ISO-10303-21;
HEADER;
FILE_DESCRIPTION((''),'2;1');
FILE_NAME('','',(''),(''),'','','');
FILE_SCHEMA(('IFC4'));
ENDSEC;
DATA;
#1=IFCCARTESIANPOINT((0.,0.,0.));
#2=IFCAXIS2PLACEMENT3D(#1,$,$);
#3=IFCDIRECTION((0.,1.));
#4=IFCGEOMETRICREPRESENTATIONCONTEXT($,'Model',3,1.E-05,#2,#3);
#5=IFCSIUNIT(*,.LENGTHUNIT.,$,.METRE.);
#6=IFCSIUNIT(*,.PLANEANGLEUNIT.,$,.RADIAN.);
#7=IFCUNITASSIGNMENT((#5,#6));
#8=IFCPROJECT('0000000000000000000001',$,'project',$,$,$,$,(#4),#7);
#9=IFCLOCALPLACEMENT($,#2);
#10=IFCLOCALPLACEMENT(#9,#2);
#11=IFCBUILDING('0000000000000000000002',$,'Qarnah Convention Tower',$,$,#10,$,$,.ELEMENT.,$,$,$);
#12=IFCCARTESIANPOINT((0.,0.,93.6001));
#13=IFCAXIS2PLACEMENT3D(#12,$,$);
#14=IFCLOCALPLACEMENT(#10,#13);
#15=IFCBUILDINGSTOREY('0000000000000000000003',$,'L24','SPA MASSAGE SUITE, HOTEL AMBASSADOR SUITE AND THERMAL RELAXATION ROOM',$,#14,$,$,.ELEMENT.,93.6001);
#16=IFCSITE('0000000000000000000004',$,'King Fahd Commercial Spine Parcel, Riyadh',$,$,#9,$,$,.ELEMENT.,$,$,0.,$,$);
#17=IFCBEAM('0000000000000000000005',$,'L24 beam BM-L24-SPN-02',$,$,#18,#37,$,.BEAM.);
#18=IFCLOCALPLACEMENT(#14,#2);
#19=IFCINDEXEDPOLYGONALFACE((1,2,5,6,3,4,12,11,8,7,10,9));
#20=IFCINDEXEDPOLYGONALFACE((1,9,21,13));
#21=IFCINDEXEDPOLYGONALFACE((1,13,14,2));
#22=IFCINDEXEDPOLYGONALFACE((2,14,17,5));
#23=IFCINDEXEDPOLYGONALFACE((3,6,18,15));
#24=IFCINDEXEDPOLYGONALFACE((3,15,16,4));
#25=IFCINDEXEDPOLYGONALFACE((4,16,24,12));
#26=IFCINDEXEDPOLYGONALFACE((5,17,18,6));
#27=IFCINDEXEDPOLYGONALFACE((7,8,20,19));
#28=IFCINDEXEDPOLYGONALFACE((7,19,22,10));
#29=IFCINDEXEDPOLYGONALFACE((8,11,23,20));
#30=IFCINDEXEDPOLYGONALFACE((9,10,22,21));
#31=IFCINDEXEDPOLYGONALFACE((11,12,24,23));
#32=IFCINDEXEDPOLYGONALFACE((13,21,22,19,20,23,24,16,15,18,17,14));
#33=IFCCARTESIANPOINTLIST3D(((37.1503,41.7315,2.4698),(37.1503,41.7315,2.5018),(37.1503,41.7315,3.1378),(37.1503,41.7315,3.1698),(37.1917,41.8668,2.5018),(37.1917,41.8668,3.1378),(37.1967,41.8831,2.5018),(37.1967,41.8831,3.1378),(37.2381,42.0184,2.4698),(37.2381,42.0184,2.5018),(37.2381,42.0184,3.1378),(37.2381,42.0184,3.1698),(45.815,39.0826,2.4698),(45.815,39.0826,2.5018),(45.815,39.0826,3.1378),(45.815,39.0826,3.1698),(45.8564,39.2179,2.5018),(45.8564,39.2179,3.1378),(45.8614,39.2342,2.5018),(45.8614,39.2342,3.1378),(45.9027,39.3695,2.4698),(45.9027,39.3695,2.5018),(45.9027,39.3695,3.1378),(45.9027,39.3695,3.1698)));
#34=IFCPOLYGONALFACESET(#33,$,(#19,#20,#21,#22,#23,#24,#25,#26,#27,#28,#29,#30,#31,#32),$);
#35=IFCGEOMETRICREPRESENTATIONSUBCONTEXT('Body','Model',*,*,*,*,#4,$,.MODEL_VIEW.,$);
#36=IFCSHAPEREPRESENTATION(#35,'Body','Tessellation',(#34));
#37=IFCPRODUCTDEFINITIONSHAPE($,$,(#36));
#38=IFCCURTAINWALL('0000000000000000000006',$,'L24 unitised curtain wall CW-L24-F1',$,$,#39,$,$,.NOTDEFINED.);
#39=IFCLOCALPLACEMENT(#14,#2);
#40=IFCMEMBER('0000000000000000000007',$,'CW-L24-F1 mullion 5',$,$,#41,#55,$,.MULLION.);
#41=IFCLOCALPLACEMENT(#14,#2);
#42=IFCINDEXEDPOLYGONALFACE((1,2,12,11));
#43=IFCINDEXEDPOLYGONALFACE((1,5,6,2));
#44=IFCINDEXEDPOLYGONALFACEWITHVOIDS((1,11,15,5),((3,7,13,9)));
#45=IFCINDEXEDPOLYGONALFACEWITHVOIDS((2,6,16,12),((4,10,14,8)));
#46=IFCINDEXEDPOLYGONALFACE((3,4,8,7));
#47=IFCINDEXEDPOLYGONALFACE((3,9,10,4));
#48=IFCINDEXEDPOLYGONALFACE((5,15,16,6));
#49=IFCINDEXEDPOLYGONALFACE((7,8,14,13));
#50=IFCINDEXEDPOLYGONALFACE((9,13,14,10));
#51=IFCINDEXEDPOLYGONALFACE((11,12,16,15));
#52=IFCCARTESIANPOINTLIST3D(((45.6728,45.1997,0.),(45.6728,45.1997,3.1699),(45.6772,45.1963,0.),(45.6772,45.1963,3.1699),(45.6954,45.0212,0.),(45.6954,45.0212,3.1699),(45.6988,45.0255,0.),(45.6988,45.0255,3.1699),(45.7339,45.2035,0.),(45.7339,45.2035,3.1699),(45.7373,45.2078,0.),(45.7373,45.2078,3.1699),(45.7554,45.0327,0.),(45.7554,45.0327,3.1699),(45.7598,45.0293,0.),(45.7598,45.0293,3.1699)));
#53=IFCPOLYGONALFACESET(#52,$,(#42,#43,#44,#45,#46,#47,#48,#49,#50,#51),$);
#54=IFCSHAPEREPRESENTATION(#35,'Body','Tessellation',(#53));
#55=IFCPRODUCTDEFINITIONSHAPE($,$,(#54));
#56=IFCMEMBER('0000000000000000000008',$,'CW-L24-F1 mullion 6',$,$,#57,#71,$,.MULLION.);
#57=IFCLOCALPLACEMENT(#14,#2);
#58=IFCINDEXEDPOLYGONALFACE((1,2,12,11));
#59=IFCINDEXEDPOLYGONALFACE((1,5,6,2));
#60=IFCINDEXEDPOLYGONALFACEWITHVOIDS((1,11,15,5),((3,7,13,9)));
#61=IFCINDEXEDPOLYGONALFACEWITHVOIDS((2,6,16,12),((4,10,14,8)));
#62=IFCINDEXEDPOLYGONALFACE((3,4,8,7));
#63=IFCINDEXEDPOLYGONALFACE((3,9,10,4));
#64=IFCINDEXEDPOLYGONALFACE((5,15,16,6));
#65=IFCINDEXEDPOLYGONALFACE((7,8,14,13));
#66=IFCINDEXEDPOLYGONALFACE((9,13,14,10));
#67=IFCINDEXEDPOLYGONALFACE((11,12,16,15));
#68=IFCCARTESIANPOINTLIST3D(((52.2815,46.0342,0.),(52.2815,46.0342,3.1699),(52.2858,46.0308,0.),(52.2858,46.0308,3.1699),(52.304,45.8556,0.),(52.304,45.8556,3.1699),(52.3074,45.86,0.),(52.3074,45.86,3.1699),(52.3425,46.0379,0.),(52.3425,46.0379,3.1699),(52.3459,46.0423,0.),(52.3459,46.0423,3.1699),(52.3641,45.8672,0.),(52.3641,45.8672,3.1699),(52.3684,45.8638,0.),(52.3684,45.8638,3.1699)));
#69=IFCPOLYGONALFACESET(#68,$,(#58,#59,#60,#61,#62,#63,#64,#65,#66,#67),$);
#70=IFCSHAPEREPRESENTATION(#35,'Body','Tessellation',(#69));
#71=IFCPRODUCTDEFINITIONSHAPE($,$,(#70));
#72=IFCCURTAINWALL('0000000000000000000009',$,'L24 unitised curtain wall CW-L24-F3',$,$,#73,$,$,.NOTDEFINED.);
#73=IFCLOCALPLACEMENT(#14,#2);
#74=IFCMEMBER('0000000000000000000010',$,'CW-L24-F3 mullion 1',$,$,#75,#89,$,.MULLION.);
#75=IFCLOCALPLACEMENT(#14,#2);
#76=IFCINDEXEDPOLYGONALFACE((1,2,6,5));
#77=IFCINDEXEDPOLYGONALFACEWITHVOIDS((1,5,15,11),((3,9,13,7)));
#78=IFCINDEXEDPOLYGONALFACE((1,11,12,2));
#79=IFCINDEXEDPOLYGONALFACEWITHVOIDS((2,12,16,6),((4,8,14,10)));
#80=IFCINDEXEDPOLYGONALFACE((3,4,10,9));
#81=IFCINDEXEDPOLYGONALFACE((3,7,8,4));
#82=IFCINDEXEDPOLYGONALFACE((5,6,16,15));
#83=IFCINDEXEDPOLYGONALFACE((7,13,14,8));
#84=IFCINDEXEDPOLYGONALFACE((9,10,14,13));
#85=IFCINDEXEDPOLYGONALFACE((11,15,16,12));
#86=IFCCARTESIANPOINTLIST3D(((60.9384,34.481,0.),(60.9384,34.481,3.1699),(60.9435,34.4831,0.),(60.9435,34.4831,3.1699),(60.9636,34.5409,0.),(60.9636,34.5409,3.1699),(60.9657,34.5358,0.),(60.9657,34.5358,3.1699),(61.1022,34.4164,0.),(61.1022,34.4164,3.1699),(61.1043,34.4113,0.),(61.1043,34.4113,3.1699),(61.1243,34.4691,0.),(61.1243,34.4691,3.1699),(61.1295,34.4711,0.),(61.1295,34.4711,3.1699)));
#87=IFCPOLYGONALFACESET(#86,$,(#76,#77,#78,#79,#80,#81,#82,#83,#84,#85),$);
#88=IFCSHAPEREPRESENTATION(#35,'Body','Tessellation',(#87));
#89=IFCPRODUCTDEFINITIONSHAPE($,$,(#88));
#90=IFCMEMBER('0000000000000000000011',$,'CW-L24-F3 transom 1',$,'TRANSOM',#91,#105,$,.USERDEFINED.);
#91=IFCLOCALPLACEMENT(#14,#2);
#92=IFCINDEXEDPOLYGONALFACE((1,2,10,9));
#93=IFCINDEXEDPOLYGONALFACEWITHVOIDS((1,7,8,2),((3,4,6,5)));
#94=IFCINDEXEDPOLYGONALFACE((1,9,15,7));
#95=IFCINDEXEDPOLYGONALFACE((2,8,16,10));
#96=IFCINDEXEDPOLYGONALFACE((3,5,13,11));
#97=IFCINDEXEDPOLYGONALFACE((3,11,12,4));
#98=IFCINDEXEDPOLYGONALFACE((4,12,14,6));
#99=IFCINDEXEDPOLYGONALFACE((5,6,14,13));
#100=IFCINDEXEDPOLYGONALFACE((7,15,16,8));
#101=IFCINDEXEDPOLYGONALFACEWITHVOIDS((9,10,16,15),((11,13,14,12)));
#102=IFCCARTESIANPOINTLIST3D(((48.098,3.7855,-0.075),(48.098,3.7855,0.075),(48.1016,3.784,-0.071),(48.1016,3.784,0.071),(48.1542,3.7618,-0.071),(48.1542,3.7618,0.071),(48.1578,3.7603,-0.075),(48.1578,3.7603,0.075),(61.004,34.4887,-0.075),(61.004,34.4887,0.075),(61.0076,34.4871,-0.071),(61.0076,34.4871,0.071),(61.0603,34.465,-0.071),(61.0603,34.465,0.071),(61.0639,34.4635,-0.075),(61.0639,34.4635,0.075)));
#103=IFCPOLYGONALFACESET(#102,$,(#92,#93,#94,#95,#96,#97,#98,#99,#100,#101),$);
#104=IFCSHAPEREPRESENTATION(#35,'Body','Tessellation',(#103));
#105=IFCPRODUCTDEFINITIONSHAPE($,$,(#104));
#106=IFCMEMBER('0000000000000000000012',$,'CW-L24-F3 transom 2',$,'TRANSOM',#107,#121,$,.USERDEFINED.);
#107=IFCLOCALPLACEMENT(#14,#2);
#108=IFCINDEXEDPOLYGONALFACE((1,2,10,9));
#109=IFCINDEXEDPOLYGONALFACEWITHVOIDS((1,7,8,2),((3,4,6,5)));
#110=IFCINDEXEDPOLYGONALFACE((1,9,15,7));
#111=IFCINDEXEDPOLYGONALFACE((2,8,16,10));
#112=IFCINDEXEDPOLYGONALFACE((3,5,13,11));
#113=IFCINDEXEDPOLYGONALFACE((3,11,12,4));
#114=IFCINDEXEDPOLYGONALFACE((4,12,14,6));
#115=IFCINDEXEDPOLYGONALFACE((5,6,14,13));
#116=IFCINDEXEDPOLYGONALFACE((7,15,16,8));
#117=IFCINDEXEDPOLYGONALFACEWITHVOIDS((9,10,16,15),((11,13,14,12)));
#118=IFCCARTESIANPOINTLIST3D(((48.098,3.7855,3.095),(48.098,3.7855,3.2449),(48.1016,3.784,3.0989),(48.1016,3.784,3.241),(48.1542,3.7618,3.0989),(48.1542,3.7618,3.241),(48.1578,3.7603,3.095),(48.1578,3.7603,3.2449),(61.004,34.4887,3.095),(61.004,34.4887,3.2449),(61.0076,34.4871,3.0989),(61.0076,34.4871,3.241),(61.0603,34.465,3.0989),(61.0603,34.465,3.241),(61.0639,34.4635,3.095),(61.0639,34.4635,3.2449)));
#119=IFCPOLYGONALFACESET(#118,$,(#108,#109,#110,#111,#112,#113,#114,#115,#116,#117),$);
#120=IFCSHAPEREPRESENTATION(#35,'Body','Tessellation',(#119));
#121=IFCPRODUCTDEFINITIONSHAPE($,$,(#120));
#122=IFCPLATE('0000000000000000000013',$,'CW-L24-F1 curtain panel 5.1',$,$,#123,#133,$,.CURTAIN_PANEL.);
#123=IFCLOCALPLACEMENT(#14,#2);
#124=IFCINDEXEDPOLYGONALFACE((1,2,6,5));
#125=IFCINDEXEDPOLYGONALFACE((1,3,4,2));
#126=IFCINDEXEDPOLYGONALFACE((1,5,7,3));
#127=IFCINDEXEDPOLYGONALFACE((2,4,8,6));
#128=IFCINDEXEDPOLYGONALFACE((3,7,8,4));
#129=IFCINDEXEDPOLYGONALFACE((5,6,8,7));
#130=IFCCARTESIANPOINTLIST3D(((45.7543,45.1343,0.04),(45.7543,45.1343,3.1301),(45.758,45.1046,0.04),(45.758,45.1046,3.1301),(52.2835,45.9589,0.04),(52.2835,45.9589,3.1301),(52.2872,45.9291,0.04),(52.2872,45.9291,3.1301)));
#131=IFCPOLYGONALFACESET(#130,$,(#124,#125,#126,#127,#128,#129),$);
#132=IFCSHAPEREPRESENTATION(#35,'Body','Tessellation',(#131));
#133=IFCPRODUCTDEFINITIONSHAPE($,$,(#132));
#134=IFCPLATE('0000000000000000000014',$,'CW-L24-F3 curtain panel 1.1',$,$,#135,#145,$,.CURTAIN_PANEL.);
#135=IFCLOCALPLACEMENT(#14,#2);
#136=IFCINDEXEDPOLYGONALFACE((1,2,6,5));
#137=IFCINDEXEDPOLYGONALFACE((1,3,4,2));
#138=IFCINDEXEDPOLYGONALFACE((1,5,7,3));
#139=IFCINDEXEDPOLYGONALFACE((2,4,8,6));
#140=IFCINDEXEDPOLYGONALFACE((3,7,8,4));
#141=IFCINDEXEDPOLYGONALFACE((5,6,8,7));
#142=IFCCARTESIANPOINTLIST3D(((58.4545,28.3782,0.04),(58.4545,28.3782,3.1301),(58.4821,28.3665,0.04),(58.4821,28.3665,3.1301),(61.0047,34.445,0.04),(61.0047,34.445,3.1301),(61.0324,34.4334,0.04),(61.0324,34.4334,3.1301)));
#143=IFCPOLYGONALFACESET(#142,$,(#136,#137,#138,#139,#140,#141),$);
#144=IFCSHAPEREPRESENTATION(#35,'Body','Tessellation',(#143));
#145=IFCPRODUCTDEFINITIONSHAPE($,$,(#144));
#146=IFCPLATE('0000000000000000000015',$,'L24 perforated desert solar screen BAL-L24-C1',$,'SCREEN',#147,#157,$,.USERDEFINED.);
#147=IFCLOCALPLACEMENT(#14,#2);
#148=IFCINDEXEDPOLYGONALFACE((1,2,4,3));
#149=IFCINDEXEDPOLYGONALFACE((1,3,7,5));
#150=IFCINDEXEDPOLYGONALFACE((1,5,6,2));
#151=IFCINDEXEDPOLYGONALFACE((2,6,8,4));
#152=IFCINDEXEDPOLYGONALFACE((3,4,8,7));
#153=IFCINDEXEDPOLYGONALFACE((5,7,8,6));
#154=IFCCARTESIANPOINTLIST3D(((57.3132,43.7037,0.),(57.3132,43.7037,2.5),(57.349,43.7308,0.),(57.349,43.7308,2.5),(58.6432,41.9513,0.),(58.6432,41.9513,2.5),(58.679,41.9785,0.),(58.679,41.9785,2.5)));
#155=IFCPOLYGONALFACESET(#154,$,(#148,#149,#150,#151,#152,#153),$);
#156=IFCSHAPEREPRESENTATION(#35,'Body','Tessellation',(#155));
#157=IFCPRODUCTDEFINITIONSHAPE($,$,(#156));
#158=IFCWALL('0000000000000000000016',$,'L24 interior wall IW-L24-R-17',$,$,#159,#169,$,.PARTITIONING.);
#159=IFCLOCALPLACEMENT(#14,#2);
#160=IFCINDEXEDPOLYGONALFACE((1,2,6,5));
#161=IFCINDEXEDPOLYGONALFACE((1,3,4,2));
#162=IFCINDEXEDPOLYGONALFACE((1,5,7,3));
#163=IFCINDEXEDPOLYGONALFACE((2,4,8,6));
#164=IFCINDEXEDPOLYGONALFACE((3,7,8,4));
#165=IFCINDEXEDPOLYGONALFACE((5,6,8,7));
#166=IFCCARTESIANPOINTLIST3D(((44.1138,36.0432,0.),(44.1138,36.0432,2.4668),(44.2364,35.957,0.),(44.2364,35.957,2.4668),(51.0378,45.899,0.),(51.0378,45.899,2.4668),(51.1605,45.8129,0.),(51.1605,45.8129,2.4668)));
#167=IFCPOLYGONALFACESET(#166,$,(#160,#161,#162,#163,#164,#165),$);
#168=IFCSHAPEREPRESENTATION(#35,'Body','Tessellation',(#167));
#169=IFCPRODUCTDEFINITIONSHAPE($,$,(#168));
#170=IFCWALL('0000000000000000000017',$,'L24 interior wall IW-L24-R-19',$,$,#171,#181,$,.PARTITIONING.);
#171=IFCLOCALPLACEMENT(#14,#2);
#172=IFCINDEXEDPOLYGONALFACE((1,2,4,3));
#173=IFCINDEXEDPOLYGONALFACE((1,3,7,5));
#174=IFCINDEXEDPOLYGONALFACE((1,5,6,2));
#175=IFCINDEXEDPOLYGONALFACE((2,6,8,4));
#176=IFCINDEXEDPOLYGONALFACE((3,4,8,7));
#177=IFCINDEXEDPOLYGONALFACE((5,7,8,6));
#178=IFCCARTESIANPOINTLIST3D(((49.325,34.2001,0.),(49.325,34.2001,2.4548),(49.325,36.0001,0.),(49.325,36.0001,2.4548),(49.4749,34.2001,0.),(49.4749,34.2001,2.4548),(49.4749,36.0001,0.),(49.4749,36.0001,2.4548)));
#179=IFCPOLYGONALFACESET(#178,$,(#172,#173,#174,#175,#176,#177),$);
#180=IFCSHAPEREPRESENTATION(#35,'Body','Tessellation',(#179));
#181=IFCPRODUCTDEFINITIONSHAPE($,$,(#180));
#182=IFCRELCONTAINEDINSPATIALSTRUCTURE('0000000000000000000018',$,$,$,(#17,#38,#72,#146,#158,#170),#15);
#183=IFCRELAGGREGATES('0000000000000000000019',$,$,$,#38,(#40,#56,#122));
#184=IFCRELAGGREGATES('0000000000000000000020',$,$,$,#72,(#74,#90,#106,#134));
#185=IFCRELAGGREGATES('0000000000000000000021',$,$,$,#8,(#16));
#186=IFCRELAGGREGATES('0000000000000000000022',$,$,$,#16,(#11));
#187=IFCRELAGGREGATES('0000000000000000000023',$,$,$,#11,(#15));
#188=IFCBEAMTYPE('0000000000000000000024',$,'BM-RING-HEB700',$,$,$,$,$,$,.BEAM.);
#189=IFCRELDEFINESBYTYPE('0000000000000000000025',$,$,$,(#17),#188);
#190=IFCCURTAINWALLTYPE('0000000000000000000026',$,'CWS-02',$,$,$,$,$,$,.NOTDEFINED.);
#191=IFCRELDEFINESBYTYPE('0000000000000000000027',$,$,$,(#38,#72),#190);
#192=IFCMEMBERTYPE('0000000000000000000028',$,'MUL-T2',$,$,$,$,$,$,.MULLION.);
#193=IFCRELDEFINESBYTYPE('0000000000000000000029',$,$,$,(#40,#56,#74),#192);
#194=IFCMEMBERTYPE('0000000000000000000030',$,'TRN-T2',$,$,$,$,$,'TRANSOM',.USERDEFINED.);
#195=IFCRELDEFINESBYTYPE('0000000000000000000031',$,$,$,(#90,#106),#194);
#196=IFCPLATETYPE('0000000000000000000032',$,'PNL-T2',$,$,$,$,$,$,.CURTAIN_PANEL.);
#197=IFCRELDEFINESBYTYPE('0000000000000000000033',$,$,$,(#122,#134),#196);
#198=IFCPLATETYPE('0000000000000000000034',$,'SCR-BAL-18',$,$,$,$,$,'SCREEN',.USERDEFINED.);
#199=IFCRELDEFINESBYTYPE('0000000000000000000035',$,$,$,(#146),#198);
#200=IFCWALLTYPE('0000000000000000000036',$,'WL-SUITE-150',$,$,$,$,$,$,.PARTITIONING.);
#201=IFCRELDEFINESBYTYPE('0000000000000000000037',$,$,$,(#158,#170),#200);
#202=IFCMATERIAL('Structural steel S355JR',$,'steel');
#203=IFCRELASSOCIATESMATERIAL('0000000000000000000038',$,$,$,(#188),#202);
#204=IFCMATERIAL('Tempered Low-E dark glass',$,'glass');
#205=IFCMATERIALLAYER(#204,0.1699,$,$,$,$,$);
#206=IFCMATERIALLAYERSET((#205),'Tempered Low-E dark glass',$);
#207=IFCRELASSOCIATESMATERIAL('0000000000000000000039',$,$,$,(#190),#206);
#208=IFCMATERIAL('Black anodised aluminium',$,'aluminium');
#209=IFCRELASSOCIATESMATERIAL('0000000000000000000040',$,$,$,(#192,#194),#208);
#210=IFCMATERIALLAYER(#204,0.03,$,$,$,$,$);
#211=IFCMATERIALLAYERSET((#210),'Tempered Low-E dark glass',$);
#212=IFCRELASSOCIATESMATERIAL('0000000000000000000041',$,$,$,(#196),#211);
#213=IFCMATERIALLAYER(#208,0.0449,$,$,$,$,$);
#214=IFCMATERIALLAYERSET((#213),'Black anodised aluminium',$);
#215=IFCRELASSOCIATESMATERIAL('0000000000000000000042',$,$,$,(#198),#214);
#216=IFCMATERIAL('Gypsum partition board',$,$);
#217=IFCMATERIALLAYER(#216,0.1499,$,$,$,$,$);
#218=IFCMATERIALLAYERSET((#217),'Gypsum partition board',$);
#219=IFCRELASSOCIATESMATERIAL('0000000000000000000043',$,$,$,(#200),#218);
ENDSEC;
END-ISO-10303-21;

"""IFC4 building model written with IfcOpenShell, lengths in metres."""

from ifc_helpers import new_model, si_unit, direction, frame, frame_2d, origin, origin_2d, place, context, subcontext, project, spatial, rectangle, hollow_rectangle, i_section, extrude, material, layer, layer_set, material_profile, profile_set, type_object, element, aggregate, save


model = new_model("IFC4")

# Units and contexts
model_context = context("Model", 3, precision=1e-05, world=origin(), true_north=direction((0.0, 1.0)))
body_context = subcontext(model_context, "Body", "Model", "MODEL_VIEW")
ifc_project = project(units=[si_unit("LENGTHUNIT", "METRE"), si_unit("PLANEANGLEUNIT", "RADIAN")], contexts=[model_context])

# Site, building, storey
site_placement = place(None, origin())
site = spatial("IfcSite", under=ifc_project, at=site_placement, Name="King Fahd Commercial Spine Parcel, Riyadh", CompositionType="ELEMENT", RefElevation=0.0)
building_placement = place(site_placement, origin())
building = spatial("IfcBuilding", under=site, at=building_placement, Name="Qarnah Convention Tower", CompositionType="ELEMENT")
storey_placement = place(building_placement, frame((0.0, 0.0, 93.6001)))
storey = spatial("IfcBuildingStorey", under=building, at=storey_placement, Name="L24", Description="SPA MASSAGE SUITE, HOTEL AMBASSADOR SUITE AND THERMAL RELAXATION ROOM", CompositionType="ELEMENT", Elevation=93.6001)

# Beam
ifc_material_1 = material(Name="Structural steel S355JR", Category="steel")
ifc_material_profile_1 = material_profile(ifc_material_1, i_section(OverallWidth=0.3, OverallDepth=0.7, WebThickness=0.0171, FlangeThickness=0.032, at=origin_2d()), Name="HEB700")
ifc_profile_set_1 = profile_set([ifc_material_profile_1], Name="Structural steel S355JR")
beam_type_1 = type_object("IfcBeamType", Name="BM-RING-HEB700", PredefinedType="BEAM", material=ifc_profile_set_1)
beam_1_placement = place(storey_placement, frame((45.8589, 39.2261, 2.8198), z_axis=(-0.95631, 0.292355, 0.0), x_axis=(-0.292355, -0.95631, 0.0)))
element("IfcBeam", 1, at=beam_1_placement, inside=storey, type_object=beam_type_1, Name="L24 beam BM-L24-SPN-02", PredefinedType="BEAM", context=body_context, shape_type="SweptSolid", body=[
    extrude(i_section(OverallWidth=0.3, OverallDepth=0.7, WebThickness=0.0171, FlangeThickness=0.032, at=origin_2d()), origin(), (0.0, 0.0, 1.0), 9.0605),
])

# Curtain walls, members
ifc_material_2 = material(Name="Tempered Low-E dark glass", Category="glass")
ifc_layer_1 = layer(ifc_material_2, 0.1699)
ifc_layer_set_1 = layer_set([ifc_layer_1], Name="Tempered Low-E dark glass")
curtain_wall_type = type_object("IfcCurtainWallType", Name="CWS-02", PredefinedType="NOTDEFINED", material=ifc_layer_set_1)
curtain_wall_1_placement = place(storey_placement, origin())
curtain_wall_1 = element("IfcCurtainWall", 2, at=curtain_wall_1_placement, inside=storey, type_object=curtain_wall_type, Name="L24 unitised curtain wall CW-L24-F1", PredefinedType="NOTDEFINED")
ifc_material_3 = material(Name="Black anodised aluminium", Category="aluminium")
ifc_material_profile_2 = material_profile(ifc_material_3, hollow_rectangle(XDim=0.0649, YDim=0.1799, WallThickness=0.0039, at=origin_2d()), Name="MUL-65X180")
ifc_profile_set_2 = profile_set([ifc_material_profile_2], Name="Black anodised aluminium")
member_type_1 = type_object("IfcMemberType", Name="MUL-T2", PredefinedType="MULLION", material=ifc_profile_set_2)
member_1_placement = place(storey_placement, frame((45.7163, 45.1145, 0.0), z_axis=(0.0, 0.0, 1.0), x_axis=(0.99212, 0.125295, 0.0)))
member_1 = element("IfcMember", 3, at=member_1_placement, type_object=member_type_1, Name="CW-L24-F1 mullion 5", PredefinedType="MULLION", context=body_context, shape_type="SweptSolid", body=[
    extrude(hollow_rectangle(XDim=0.0649, YDim=0.1799, WallThickness=0.0039, at=origin_2d()), origin(), (0.0, 0.0, 1.0), 3.1699),
])
member_2_placement = place(storey_placement, frame((52.325, 45.949, 0.0), z_axis=(0.0, 0.0, 1.0), x_axis=(0.99212, 0.125295, 0.0)))
member_2 = element("IfcMember", 4, at=member_2_placement, type_object=member_type_1, Name="CW-L24-F1 mullion 6", PredefinedType="MULLION", context=body_context, shape_type="SweptSolid", body=[
    extrude(hollow_rectangle(XDim=0.0649, YDim=0.1799, WallThickness=0.0039, at=origin_2d()), origin(), (0.0, 0.0, 1.0), 3.1699),
])
curtain_wall_2_placement = place(storey_placement, origin())
curtain_wall_2 = element("IfcCurtainWall", 5, at=curtain_wall_2_placement, inside=storey, type_object=curtain_wall_type, Name="L24 unitised curtain wall CW-L24-F3", PredefinedType="NOTDEFINED")
member_3_placement = place(storey_placement, frame((61.0339, 34.4761, 0.0), z_axis=(0.0, 0.0, 1.0), x_axis=(-0.387507, -0.921867, 0.0)))
member_3 = element("IfcMember", 6, at=member_3_placement, type_object=member_type_1, Name="CW-L24-F3 mullion 1", PredefinedType="MULLION", context=body_context, shape_type="SweptSolid", body=[
    extrude(hollow_rectangle(XDim=0.0649, YDim=0.1799, WallThickness=0.0039, at=origin_2d()), origin(), (0.0, 0.0, 1.0), 3.1699),
])
ifc_material_profile_3 = material_profile(ifc_material_3, hollow_rectangle(XDim=0.0649, YDim=0.1499, WallThickness=0.0039, at=origin_2d()), Name="TRN-65X150")
ifc_profile_set_3 = profile_set([ifc_material_profile_3], Name="Black anodised aluminium")
member_type_2 = type_object("IfcMemberType", Name="TRN-T2", ElementType="TRANSOM", PredefinedType="USERDEFINED", material=ifc_profile_set_3)
member_4_placement = place(storey_placement, frame((61.0339, 34.4761, 0.0), z_axis=(-0.387505, -0.921867, 0.0), x_axis=(0.921867, -0.387505, 0.0)))
member_4 = element("IfcMember", 7, at=member_4_placement, type_object=member_type_2, Name="CW-L24-F3 transom 1", ObjectType="TRANSOM", PredefinedType="USERDEFINED", context=body_context, shape_type="SweptSolid", body=[
    extrude(hollow_rectangle(XDim=0.0649, YDim=0.1499, WallThickness=0.0039, at=origin_2d()), origin(), (0.0, 0.0, 1.0), 33.3054),
])
member_5_placement = place(storey_placement, frame((61.0339, 34.4761, 3.1699), z_axis=(-0.387505, -0.921867, 0.0), x_axis=(0.921867, -0.387505, 0.0)))
member_5 = element("IfcMember", 8, at=member_5_placement, type_object=member_type_2, Name="CW-L24-F3 transom 2", ObjectType="TRANSOM", PredefinedType="USERDEFINED", context=body_context, shape_type="SweptSolid", body=[
    extrude(hollow_rectangle(XDim=0.0649, YDim=0.1499, WallThickness=0.0039, at=origin_2d()), origin(), (0.0, 0.0, 1.0), 33.3054),
])

# Plates
ifc_layer_2 = layer(ifc_material_2, 0.03)
ifc_layer_set_2 = layer_set([ifc_layer_2], Name="Tempered Low-E dark glass")
plate_type_1 = type_object("IfcPlateType", Name="PNL-T2", PredefinedType="CURTAIN_PANEL", material=ifc_layer_set_2)
plate_1_placement = place(storey_placement, frame((49.0208, 45.5317, 0.04), z_axis=(0.0, 0.0, 1.0), x_axis=(0.99212, 0.125295, 0.0)))
plate_1 = element("IfcPlate", 9, at=plate_1_placement, type_object=plate_type_1, Name="CW-L24-F1 curtain panel 5.1", PredefinedType="CURTAIN_PANEL", context=body_context, shape_type="SweptSolid", body=[
    extrude(rectangle(XDim=6.5811, YDim=0.03, at=origin_2d()), origin(), (0.0, 0.0, 1.0), 3.0901),
])
aggregate(curtain_wall_1, [member_1, member_2, plate_1])
plate_2_placement = place(storey_placement, frame((59.7434, 31.4058, 0.04), z_axis=(0.0, 0.0, 1.0), x_axis=(-0.387507, -0.921867, 0.0)))
plate_2 = element("IfcPlate", 10, at=plate_2_placement, type_object=plate_type_1, Name="CW-L24-F3 curtain panel 1.1", PredefinedType="CURTAIN_PANEL", context=body_context, shape_type="SweptSolid", body=[
    extrude(rectangle(XDim=6.5811, YDim=0.03, at=origin_2d()), origin(), (0.0, 0.0, 1.0), 3.0901),
])
aggregate(curtain_wall_2, [member_3, member_4, member_5, plate_2])
ifc_layer_3 = layer(ifc_material_3, 0.0449)
ifc_layer_set_3 = layer_set([ifc_layer_3], Name="Black anodised aluminium")
plate_type_2 = type_object("IfcPlateType", Name="SCR-BAL-18", ElementType="SCREEN", PredefinedType="USERDEFINED", material=ifc_layer_set_3)
plate_3_placement = place(storey_placement, frame((57.9961, 42.8411, 0.0), z_axis=(0.0, 0.0, 1.0), x_axis=(0.604581, -0.796544, 0.0)))
element("IfcPlate", 11, at=plate_3_placement, inside=storey, type_object=plate_type_2, Name="L24 perforated desert solar screen BAL-L24-C1", ObjectType="SCREEN", PredefinedType="USERDEFINED", context=body_context, shape_type="SweptSolid", body=[
    extrude(rectangle(XDim=2.2, YDim=0.0449, at=origin_2d()), origin(), (0.0, 0.0, 1.0), 2.5),
])

# Walls
ifc_material_4 = material(Name="Gypsum partition board")
ifc_layer_4 = layer(ifc_material_4, 0.1499)
ifc_layer_set_4 = layer_set([ifc_layer_4], Name="Gypsum partition board")
wall_type_1 = type_object("IfcWallType", Name="WL-SUITE-150", PredefinedType="PARTITIONING", material=ifc_layer_set_4)
wall_1_placement = place(storey_placement, frame((51.0991, 45.856, 0.0), z_axis=(0.0, 0.0, 1.0), x_axis=(-0.574849, -0.818259, 0.0)))
element("IfcWall", 12, at=wall_1_placement, inside=storey, type_object=wall_type_1, Name="L24 interior wall IW-L24-R-17", PredefinedType="PARTITIONING", context=body_context, shape_type="SweptSolid", body=[
    extrude(rectangle(XDim=12.0449, YDim=0.1499, at=frame_2d((6.0225, 0.0))), origin(), (0.0, 0.0, 1.0), 2.4668),
])
wall_2_placement = place(storey_placement, frame((49.3999, 36.0, 0.0), z_axis=(0.0, 0.0, 1.0), x_axis=(0.0, -1.0, 0.0)))
element("IfcWall", 13, at=wall_2_placement, inside=storey, type_object=wall_type_1, Name="L24 interior wall IW-L24-R-19", PredefinedType="PARTITIONING", context=body_context, shape_type="SweptSolid", body=[
    extrude(rectangle(XDim=1.8, YDim=0.1499, at=frame_2d((0.8999, 0.0))), origin(), (0.0, 0.0, 1.0), 2.4548),
])

save(model, "model.ifc")
